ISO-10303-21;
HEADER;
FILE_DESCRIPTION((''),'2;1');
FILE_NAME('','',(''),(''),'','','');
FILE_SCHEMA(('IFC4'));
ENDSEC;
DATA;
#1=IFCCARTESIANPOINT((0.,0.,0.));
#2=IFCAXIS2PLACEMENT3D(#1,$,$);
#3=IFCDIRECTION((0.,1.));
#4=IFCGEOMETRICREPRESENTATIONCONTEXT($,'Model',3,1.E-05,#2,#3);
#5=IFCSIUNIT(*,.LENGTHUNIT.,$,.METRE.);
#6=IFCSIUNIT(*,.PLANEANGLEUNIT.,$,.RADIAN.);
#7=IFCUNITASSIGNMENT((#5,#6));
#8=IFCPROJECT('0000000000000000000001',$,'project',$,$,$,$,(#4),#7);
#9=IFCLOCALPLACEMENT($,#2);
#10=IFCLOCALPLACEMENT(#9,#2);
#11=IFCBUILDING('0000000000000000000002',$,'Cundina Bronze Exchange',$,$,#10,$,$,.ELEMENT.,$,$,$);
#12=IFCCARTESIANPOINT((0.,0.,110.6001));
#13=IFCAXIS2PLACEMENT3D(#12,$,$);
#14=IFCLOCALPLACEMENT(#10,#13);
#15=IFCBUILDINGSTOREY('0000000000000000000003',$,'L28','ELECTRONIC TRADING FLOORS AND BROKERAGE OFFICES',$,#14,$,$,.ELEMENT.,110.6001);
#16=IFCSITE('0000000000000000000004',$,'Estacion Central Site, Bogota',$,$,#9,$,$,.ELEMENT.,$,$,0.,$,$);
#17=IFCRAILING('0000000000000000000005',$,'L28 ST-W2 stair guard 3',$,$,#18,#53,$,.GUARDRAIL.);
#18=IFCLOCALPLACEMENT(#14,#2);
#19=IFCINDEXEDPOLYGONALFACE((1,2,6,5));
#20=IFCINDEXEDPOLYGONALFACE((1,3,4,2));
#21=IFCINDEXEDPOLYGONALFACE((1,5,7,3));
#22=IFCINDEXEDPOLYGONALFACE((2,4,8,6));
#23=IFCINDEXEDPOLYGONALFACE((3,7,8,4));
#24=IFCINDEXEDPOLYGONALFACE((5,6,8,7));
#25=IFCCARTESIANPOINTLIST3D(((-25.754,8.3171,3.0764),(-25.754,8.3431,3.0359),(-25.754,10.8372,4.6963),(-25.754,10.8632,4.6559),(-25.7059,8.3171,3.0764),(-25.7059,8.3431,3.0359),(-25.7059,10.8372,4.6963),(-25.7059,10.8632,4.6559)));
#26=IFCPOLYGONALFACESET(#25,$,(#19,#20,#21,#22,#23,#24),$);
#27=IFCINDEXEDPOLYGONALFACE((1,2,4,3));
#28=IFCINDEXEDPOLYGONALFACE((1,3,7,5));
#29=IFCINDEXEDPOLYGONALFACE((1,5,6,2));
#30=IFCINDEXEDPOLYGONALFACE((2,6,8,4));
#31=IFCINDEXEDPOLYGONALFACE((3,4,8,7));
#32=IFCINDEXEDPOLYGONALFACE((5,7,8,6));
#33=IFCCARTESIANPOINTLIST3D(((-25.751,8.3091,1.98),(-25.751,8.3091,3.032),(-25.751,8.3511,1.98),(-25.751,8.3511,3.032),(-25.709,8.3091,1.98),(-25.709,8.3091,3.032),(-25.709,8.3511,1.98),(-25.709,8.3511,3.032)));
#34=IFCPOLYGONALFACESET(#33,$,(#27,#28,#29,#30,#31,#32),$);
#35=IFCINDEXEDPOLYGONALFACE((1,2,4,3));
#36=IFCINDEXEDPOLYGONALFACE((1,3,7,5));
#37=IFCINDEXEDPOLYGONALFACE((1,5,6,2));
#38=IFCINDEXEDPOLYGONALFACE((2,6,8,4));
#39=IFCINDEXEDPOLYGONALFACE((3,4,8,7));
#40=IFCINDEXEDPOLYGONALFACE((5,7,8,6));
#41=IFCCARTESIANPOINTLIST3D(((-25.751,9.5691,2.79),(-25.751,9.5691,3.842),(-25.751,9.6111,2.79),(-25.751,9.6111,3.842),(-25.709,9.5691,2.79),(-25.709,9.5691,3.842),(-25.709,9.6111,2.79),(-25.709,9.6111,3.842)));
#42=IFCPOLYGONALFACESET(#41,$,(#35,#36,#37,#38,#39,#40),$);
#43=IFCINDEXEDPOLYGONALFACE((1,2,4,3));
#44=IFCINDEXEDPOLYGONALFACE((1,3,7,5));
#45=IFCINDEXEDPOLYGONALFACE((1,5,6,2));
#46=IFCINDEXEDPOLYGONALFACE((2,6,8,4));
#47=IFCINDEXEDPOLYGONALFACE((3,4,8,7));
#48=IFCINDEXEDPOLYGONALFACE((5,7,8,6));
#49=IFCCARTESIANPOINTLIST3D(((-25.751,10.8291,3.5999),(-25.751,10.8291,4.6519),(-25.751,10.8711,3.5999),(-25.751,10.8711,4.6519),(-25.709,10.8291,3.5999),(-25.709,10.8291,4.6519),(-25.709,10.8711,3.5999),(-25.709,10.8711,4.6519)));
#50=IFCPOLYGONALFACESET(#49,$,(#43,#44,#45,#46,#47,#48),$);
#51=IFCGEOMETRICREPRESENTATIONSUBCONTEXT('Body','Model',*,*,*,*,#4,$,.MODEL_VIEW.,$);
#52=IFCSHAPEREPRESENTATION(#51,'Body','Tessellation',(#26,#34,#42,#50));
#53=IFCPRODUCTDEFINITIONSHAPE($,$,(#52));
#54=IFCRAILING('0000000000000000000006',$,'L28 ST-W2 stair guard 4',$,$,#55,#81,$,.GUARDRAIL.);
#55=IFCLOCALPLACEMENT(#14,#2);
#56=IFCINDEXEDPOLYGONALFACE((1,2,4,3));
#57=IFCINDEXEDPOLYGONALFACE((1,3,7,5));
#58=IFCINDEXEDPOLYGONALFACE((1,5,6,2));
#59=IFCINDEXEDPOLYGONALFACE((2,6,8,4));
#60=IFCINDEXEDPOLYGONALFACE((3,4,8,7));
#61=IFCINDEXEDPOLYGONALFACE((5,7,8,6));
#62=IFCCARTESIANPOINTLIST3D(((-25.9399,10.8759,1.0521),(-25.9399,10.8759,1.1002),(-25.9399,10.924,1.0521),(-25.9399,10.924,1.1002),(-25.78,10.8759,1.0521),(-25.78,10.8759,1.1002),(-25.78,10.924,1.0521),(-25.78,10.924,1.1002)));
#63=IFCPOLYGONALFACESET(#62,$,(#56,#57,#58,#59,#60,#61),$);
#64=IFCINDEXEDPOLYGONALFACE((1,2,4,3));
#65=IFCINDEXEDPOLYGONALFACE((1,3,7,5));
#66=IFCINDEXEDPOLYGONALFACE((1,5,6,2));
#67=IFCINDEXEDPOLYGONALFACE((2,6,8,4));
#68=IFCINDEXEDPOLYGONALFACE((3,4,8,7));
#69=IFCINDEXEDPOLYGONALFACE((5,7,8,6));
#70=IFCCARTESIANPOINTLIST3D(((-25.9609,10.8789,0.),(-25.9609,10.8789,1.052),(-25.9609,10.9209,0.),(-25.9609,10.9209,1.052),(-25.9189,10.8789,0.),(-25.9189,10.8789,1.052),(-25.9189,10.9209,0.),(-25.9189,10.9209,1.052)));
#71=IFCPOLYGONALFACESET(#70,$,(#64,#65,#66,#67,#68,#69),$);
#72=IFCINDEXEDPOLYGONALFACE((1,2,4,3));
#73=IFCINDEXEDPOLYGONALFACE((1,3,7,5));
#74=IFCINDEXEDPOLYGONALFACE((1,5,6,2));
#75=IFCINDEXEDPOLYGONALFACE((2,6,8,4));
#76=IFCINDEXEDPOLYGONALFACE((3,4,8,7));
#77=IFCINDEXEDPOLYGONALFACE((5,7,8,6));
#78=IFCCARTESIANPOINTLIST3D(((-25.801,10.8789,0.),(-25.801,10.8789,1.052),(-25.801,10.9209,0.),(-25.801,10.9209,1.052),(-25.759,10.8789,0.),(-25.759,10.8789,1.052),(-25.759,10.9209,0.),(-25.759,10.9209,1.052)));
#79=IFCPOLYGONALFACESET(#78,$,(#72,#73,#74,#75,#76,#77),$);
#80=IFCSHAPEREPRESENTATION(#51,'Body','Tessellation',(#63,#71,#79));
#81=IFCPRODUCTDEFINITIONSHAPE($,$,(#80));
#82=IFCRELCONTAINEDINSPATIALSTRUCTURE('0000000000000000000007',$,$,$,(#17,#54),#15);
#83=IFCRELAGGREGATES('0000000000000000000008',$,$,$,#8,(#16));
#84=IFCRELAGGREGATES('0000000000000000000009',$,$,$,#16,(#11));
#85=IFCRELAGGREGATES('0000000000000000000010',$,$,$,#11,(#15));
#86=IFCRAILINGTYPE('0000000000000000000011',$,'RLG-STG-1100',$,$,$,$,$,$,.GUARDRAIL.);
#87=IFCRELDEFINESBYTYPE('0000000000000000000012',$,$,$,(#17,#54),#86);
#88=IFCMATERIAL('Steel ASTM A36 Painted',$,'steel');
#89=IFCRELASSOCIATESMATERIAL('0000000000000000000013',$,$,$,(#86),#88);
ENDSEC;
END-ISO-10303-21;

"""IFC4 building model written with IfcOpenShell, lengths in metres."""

from ifc_helpers import new_model, si_unit, direction, frame, origin, origin_2d, place, context, subcontext, project, spatial, rectangle, extrude, material, type_object, element, save


model = new_model("IFC4")

# Units and contexts
model_context = context("Model", 3, precision=1e-05, world=origin(), true_north=direction((0.0, 1.0)))
body_context = subcontext(model_context, "Body", "Model", "MODEL_VIEW")
ifc_project = project(units=[si_unit("LENGTHUNIT", "METRE"), si_unit("PLANEANGLEUNIT", "RADIAN")], contexts=[model_context])

# Site, building, storey
site_placement = place(None, origin())
site = spatial("IfcSite", under=ifc_project, at=site_placement, Name="Estacion Central Site, Bogota", CompositionType="ELEMENT", RefElevation=0.0)
building_placement = place(site_placement, origin())
building = spatial("IfcBuilding", under=site, at=building_placement, Name="Cundina Bronze Exchange", CompositionType="ELEMENT")
storey_placement = place(building_placement, frame((0.0, 0.0, 110.6001)))
storey = spatial("IfcBuildingStorey", under=building, at=storey_placement, Name="L28", Description="ELECTRONIC TRADING FLOORS AND BROKERAGE OFFICES", CompositionType="ELEMENT", Elevation=110.6001)

# Shared definitions
ifc_material_1 = material(Name="Steel ASTM A36 Painted", Category="steel")

# Railings
railing_type_1 = type_object("IfcRailingType", Name="RLG-STG-1100", PredefinedType="GUARDRAIL", material=ifc_material_1)
railing_1_placement = place(storey_placement, frame((-25.73, 8.3301, 1.98)))
element("IfcRailing", 1, at=railing_1_placement, inside=storey, type_object=railing_type_1, Name="L28 ST-W2 stair guard 3", PredefinedType="GUARDRAIL", context=body_context, shape_type="SweptSolid", body=[
    extrude(rectangle(XDim=0.0481, YDim=0.0481, at=origin_2d()), frame((0.0, 0.0, 1.0762), z_axis=(0.0, 0.8412, 0.540725), x_axis=(-1.0, 0.0, 0.0)), (0.0, 0.0, 1.0), 2.9958),
    extrude(rectangle(XDim=0.042, YDim=0.042, at=origin_2d()), origin(), (0.0, 0.0, 1.0), 1.052),
    extrude(rectangle(XDim=0.042, YDim=0.042, at=origin_2d()), frame((0.0, 1.26, 0.8101)), (0.0, 0.0, 1.0), 1.052),
    extrude(rectangle(XDim=0.042, YDim=0.042, at=origin_2d()), frame((0.0, 2.52, 1.6199)), (0.0, 0.0, 1.0), 1.052),
])
railing_2_placement = place(storey_placement, frame((-25.9399, 10.8999, 0.0)))
element("IfcRailing", 2, at=railing_2_placement, inside=storey, type_object=railing_type_1, Name="L28 ST-W2 stair guard 4", PredefinedType="GUARDRAIL", context=body_context, shape_type="SweptSolid", body=[
    extrude(rectangle(XDim=0.0481, YDim=0.0481, at=origin_2d()), frame((0.0, 0.0, 1.0762), z_axis=(1.0, 0.0, 0.0), x_axis=(0.0, 1.0, 0.0)), (0.0, 0.0, 1.0), 0.1599),
    extrude(rectangle(XDim=0.042, YDim=0.042, at=origin_2d()), origin(), (0.0, 0.0, 1.0), 1.052),
    extrude(rectangle(XDim=0.042, YDim=0.042, at=origin_2d()), frame((0.1599, 0.0, 0.0)), (0.0, 0.0, 1.0), 1.052),
])

save(model, "model.ifc")
